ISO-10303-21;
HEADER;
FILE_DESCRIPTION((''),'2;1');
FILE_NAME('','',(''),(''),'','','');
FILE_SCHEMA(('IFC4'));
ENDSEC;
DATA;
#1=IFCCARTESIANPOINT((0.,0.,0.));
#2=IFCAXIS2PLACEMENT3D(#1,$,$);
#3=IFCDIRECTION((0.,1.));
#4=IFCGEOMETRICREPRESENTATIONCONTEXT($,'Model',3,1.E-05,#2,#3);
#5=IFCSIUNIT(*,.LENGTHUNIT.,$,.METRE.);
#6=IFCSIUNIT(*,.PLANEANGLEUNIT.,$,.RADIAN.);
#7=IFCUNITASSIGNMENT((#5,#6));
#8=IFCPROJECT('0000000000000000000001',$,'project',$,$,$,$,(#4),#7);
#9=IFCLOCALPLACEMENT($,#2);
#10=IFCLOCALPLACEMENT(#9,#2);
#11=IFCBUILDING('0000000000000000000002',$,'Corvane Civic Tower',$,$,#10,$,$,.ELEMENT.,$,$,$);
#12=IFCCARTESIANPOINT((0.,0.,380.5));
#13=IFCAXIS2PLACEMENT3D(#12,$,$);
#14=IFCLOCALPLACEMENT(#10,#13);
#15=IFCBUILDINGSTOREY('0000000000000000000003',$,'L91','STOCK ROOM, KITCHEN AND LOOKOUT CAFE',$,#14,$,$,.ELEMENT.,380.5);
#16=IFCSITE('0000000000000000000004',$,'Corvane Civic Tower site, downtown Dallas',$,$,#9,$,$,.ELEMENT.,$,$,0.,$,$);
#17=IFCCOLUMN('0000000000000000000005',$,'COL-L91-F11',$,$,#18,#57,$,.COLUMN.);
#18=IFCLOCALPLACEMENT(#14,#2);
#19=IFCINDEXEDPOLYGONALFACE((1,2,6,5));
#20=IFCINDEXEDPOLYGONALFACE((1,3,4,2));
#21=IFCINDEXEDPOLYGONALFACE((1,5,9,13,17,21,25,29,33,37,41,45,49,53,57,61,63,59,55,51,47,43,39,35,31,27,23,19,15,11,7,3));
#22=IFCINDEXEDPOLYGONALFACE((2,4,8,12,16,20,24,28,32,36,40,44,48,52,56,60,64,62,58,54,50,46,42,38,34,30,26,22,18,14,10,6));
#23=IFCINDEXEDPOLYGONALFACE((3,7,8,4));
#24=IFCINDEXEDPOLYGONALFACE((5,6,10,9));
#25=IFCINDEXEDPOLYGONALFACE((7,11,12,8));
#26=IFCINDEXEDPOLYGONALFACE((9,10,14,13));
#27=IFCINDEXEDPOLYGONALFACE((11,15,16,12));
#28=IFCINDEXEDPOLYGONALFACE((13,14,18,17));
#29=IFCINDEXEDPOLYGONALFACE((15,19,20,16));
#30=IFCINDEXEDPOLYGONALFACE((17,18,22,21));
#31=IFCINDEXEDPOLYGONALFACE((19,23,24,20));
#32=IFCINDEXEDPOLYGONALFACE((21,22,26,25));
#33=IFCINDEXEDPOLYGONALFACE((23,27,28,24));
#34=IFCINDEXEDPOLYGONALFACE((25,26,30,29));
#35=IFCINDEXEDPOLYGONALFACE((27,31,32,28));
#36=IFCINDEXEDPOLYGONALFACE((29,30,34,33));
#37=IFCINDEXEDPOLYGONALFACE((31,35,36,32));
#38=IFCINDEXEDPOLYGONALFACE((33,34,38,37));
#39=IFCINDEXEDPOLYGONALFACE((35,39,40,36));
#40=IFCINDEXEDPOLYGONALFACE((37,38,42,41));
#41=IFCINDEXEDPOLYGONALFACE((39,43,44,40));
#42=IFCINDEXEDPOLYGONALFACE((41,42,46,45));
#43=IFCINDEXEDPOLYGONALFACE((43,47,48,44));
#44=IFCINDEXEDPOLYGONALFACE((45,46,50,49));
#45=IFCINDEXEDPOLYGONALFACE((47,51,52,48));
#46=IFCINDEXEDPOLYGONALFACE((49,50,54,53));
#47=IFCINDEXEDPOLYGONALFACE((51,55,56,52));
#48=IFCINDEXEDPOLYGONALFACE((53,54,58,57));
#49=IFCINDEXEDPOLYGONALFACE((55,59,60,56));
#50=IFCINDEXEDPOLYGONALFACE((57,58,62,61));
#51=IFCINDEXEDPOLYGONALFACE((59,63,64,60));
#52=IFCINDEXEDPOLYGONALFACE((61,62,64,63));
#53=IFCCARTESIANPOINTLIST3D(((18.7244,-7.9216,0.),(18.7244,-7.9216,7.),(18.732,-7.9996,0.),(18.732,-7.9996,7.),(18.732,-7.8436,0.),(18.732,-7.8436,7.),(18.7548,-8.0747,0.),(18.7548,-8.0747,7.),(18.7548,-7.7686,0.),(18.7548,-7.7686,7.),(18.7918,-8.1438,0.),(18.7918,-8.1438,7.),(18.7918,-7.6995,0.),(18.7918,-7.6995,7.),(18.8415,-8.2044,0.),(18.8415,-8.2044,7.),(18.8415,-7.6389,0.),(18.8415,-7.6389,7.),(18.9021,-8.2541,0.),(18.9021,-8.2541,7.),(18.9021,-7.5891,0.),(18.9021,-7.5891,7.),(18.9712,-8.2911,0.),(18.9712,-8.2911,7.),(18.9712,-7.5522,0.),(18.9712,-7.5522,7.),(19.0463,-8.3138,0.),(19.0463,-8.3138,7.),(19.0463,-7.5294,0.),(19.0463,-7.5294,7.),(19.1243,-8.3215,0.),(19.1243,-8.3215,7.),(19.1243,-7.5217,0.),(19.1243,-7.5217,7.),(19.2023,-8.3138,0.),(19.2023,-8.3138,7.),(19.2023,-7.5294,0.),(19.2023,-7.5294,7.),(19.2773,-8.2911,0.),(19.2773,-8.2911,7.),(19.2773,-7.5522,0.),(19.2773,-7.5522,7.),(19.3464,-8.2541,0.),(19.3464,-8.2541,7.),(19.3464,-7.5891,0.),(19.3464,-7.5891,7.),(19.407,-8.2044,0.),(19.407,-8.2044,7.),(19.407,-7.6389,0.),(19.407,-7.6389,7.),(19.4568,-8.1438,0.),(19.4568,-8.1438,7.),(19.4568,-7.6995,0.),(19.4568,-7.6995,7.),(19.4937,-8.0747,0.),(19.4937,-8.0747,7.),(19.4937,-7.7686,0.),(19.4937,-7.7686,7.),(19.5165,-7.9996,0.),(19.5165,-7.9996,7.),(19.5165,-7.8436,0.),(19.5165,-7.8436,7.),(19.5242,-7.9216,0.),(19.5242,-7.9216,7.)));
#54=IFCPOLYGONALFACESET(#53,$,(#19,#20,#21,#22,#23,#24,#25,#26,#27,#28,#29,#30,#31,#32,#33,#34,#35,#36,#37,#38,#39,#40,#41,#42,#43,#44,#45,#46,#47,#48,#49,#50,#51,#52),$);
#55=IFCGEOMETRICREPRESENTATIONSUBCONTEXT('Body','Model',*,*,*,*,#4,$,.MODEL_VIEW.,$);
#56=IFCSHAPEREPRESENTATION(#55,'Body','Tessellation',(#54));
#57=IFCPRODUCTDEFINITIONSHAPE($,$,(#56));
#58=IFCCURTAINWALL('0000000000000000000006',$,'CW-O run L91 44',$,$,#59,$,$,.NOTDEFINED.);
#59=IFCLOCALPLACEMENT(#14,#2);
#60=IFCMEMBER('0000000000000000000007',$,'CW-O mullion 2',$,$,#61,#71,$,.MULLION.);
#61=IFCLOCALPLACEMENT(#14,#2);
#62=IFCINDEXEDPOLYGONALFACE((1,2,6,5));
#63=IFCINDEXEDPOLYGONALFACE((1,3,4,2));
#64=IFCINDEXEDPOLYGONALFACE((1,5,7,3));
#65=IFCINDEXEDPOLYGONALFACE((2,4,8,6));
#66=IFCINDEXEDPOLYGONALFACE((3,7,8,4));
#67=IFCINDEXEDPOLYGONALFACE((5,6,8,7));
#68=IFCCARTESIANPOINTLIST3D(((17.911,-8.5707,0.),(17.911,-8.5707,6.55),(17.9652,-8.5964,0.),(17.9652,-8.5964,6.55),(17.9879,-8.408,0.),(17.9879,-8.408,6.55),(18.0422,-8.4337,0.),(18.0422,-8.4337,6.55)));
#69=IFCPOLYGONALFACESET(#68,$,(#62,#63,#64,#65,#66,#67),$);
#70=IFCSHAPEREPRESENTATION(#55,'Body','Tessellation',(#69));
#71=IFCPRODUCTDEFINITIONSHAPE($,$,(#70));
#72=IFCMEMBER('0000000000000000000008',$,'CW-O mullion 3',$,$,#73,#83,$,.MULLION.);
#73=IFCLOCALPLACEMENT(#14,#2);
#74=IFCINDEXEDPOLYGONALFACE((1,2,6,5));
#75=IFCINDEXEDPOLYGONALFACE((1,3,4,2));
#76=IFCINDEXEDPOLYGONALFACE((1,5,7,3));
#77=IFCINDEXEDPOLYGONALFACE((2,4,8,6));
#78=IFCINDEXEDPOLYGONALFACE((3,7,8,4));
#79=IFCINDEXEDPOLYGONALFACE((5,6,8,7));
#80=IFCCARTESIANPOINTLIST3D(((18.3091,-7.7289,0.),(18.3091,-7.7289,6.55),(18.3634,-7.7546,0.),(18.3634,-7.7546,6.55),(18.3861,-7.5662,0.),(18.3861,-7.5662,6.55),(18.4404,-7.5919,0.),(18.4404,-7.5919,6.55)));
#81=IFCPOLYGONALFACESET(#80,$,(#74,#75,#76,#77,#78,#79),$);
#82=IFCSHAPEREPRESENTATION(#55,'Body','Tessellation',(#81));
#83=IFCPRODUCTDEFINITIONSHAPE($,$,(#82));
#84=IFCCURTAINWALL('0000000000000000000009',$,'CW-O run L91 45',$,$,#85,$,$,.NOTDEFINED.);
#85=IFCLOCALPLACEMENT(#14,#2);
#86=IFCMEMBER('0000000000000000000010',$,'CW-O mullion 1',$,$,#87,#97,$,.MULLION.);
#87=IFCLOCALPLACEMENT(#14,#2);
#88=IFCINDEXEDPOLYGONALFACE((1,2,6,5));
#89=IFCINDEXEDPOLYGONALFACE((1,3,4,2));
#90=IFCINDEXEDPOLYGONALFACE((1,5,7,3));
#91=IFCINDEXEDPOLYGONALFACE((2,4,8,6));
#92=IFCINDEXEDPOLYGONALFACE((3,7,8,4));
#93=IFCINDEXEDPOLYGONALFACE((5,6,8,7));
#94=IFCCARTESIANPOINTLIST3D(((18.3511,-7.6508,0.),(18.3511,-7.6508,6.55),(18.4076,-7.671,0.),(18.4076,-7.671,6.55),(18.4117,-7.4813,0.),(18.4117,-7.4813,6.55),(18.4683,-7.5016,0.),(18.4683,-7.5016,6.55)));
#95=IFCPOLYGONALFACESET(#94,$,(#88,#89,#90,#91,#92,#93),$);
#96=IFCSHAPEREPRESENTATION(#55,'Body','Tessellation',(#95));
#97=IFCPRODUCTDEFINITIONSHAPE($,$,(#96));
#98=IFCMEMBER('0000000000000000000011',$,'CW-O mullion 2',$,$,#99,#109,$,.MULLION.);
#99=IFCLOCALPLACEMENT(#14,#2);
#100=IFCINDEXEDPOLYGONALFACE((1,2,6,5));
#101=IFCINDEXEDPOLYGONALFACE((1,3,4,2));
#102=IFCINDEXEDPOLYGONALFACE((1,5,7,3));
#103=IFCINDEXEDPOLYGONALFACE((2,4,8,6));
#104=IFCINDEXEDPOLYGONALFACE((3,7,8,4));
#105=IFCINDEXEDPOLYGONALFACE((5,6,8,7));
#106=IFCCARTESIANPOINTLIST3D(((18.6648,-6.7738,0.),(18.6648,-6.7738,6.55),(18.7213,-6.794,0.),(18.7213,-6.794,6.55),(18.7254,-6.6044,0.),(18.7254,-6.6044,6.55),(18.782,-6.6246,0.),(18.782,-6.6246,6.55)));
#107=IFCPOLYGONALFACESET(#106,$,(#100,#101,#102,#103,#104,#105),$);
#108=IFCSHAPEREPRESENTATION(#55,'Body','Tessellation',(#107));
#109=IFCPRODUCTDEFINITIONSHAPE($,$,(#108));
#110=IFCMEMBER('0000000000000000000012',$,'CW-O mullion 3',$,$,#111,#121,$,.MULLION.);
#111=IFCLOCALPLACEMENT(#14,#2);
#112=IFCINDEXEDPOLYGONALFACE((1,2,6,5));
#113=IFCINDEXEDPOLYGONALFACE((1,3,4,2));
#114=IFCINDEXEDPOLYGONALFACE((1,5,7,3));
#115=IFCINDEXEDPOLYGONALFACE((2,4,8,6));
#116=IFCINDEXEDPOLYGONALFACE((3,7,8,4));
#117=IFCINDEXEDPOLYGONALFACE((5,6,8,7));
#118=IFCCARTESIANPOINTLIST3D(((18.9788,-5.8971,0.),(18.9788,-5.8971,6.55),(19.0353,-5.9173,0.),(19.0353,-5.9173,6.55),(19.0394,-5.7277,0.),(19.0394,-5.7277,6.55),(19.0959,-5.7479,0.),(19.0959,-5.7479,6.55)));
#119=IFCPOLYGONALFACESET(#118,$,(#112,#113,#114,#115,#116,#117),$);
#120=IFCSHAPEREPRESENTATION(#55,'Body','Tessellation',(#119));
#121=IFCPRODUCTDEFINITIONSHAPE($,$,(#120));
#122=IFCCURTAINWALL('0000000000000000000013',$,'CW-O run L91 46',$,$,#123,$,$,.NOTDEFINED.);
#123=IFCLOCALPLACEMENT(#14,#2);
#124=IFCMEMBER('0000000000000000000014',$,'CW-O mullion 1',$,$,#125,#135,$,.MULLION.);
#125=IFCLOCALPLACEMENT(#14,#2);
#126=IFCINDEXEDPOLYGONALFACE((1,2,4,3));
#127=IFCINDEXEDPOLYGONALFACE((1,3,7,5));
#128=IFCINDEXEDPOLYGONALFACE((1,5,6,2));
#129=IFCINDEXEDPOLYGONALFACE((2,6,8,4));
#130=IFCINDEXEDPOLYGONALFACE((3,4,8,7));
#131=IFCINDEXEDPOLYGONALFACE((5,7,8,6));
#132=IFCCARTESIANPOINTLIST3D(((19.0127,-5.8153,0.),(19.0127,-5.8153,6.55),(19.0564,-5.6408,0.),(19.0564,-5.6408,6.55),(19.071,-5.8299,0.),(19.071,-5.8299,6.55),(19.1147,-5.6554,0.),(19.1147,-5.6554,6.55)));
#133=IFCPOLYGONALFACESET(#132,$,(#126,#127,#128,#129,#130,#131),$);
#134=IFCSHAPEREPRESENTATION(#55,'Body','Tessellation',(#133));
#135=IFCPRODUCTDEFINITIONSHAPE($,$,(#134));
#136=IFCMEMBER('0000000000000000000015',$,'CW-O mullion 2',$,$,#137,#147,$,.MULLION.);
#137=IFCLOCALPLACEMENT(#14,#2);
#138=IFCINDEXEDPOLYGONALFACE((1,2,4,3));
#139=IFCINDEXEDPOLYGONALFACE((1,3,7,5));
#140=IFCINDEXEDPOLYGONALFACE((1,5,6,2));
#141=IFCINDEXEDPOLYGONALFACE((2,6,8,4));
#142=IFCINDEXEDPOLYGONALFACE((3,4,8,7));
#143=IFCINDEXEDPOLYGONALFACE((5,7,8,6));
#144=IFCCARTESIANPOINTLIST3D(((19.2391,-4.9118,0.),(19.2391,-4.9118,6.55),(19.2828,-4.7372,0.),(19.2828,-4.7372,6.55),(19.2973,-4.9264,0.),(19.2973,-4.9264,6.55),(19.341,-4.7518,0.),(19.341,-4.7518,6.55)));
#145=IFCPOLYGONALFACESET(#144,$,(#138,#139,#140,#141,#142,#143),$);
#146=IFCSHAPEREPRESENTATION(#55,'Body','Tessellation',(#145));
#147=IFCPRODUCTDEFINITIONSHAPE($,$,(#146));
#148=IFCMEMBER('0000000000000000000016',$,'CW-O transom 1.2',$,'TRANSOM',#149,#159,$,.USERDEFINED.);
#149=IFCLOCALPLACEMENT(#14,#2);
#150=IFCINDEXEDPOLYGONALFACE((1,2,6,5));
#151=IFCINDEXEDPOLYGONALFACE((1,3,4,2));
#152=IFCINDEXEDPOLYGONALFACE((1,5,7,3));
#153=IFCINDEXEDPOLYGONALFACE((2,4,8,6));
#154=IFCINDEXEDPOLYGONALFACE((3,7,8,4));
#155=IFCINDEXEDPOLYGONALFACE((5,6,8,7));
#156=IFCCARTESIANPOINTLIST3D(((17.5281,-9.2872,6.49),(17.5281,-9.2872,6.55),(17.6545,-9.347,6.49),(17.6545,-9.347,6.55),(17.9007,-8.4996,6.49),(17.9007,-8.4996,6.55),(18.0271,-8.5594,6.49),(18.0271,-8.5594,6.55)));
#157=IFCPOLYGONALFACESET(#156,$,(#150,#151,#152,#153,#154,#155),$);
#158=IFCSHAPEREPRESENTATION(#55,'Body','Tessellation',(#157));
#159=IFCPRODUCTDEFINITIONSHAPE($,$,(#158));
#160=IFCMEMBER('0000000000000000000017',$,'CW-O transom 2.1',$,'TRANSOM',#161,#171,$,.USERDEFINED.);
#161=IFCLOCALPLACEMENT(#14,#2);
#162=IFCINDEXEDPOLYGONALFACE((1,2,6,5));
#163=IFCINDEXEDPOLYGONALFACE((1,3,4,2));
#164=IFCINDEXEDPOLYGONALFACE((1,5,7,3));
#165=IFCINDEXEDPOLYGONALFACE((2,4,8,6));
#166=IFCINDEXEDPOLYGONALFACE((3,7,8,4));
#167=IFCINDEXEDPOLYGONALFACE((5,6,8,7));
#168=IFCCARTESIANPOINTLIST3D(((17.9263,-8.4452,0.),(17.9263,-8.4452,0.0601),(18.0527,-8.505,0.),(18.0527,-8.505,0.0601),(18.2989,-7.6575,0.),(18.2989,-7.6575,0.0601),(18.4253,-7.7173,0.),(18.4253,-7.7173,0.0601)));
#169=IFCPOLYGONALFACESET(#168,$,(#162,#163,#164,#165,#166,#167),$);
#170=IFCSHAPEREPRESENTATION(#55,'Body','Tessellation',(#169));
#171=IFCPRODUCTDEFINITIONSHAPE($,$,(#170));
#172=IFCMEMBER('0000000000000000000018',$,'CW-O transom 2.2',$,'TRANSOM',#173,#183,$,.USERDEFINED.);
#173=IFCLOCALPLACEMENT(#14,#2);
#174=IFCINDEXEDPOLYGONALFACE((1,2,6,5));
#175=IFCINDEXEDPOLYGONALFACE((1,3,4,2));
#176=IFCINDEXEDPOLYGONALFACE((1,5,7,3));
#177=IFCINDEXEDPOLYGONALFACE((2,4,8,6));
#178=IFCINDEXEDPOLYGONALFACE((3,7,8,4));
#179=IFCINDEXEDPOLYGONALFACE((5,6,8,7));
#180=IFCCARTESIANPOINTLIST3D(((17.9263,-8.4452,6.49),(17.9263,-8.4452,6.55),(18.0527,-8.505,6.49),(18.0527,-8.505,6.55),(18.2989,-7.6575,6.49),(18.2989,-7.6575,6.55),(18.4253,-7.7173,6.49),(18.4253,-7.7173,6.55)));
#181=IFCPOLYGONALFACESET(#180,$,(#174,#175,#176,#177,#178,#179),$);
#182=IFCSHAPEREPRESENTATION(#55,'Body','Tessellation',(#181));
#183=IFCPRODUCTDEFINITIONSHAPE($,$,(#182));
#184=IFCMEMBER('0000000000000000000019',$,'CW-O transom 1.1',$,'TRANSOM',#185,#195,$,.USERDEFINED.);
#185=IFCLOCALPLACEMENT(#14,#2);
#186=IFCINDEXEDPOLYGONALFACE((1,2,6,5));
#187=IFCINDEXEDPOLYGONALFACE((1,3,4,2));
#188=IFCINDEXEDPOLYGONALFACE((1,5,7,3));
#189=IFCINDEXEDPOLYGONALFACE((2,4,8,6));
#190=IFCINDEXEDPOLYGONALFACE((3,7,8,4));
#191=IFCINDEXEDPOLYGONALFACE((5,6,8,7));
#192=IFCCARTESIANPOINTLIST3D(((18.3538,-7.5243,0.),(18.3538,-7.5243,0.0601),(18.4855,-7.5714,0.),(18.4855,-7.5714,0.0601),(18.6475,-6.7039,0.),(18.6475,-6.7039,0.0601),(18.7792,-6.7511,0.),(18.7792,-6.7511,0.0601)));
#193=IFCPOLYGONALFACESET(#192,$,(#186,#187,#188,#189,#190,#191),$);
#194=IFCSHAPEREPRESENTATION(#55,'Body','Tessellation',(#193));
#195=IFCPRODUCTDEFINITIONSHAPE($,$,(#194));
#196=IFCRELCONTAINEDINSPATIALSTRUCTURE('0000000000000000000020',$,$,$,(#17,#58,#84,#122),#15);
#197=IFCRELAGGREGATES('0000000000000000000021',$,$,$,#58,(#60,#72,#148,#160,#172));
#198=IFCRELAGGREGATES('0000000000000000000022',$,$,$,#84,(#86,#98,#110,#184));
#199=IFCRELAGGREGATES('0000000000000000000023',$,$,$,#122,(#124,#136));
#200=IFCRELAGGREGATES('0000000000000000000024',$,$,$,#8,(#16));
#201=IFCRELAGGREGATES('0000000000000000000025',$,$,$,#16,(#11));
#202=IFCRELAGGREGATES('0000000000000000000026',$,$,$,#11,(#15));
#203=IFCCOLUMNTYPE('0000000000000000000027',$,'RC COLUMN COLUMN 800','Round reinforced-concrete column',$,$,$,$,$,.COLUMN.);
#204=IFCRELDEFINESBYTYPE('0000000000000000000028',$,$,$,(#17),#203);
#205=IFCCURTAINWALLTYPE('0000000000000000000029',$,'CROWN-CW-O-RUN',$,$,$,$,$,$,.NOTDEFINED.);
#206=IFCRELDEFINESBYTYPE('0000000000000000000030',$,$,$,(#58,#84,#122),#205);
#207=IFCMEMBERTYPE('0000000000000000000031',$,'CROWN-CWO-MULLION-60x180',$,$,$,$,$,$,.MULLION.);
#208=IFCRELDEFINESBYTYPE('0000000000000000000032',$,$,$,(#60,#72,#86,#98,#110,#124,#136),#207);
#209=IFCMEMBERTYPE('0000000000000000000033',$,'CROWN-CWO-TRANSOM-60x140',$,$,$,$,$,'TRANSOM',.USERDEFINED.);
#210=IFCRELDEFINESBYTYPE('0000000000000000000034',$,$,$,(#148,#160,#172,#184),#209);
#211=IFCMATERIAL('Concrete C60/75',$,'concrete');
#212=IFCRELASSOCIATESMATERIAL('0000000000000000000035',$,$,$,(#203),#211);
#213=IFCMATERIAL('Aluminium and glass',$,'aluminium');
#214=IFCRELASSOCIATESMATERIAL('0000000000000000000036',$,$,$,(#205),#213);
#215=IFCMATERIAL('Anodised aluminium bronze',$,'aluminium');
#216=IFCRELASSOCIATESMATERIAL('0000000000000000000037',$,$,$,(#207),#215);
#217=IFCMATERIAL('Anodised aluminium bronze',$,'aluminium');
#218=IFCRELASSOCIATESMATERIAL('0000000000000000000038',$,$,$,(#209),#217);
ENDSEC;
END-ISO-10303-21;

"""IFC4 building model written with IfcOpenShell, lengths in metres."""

from ifc_helpers import new_model, si_unit, direction, frame, origin, origin_2d, place, context, subcontext, project, spatial, rectangle, circle, extrude, material, material_profile, profile_set, type_object, element, aggregate, save


model = new_model("IFC4")

# Units and contexts
model_context = context("Model", 3, precision=1e-05, world=origin(), true_north=direction((0.0, 1.0)))
body_context = subcontext(model_context, "Body", "Model", "MODEL_VIEW")
ifc_project = project(units=[si_unit("LENGTHUNIT", "METRE"), si_unit("PLANEANGLEUNIT", "RADIAN")], contexts=[model_context])

# Site, building, storey
site_placement = place(None, origin())
site = spatial("IfcSite", under=ifc_project, at=site_placement, Name="Corvane Civic Tower site, downtown Dallas", CompositionType="ELEMENT", RefElevation=0.0)
building_placement = place(site_placement, origin())
building = spatial("IfcBuilding", under=site, at=building_placement, Name="Corvane Civic Tower", CompositionType="ELEMENT")
storey_placement = place(building_placement, frame((0.0, 0.0, 380.5)))
storey = spatial("IfcBuildingStorey", under=building, at=storey_placement, Name="L91", Description="STOCK ROOM, KITCHEN AND LOOKOUT CAFE", CompositionType="ELEMENT", Elevation=380.5)

# Column
ifc_material_1 = material(Name="Concrete C60/75", Category="concrete")
ifc_material_profile_1 = material_profile(ifc_material_1, circle(Radius=0.3999, at=origin_2d()), Name="COLUMN 800")
ifc_profile_set_1 = profile_set([ifc_material_profile_1], Name="Concrete C60/75")
column_type = type_object("IfcColumnType", Name="RC COLUMN COLUMN 800", Description="Round reinforced-concrete column", PredefinedType="COLUMN", material=ifc_profile_set_1)
column_placement = place(storey_placement, frame((19.1243, -7.9216, 0.0), z_axis=(0.0, 0.0, 1.0), x_axis=(1.0, 0.0, 0.0)))
element("IfcColumn", 1, at=column_placement, inside=storey, type_object=column_type, Name="COL-L91-F11", PredefinedType="COLUMN", context=body_context, shape_type="SweptSolid", body=[
    extrude(circle(Radius=0.3999, at=origin_2d()), origin(), (0.0, 0.0, 1.0), 7.0),
])

# Curtain walls, members
ifc_material_2 = material(Name="Aluminium and glass", Category="aluminium")
curtain_wall_type = type_object("IfcCurtainWallType", Name="CROWN-CW-O-RUN", PredefinedType="NOTDEFINED", material=ifc_material_2)
curtain_wall_1_placement = place(storey_placement, origin())
curtain_wall_1 = element("IfcCurtainWall", 2, at=curtain_wall_1_placement, inside=storey, type_object=curtain_wall_type, Name="CW-O run L91 44", PredefinedType="NOTDEFINED")
ifc_material_3 = material(Name="Anodised aluminium bronze", Category="aluminium")
ifc_material_profile_2 = material_profile(ifc_material_3, rectangle(XDim=0.0601, YDim=0.1799, at=origin_2d()), Name="AL 60x180")
ifc_profile_set_2 = profile_set([ifc_material_profile_2], Name="Anodised aluminium bronze")
member_type_1 = type_object("IfcMemberType", Name="CROWN-CWO-MULLION-60x180", PredefinedType="MULLION", material=ifc_profile_set_2)
member_1_placement = place(storey_placement, frame((17.9766, -8.5022, 0.0), z_axis=(0.0, 0.0, 1.0), x_axis=(-0.904011, 0.427509, 0.0)))
member_1 = element("IfcMember", 3, at=member_1_placement, type_object=member_type_1, Name="CW-O mullion 2", PredefinedType="MULLION", context=body_context, shape_type="SweptSolid", body=[
    extrude(rectangle(XDim=0.0601, YDim=0.1799, at=origin_2d()), origin(), (0.0, 0.0, 1.0), 6.55),
])
member_2_placement = place(storey_placement, frame((18.3748, -7.6604, 0.0), z_axis=(0.0, 0.0, 1.0), x_axis=(-0.904011, 0.427509, 0.0)))
member_2 = element("IfcMember", 4, at=member_2_placement, type_object=member_type_1, Name="CW-O mullion 3", PredefinedType="MULLION", context=body_context, shape_type="SweptSolid", body=[
    extrude(rectangle(XDim=0.0601, YDim=0.1799, at=origin_2d()), origin(), (0.0, 0.0, 1.0), 6.55),
])
curtain_wall_2_placement = place(storey_placement, origin())
curtain_wall_2 = element("IfcCurtainWall", 5, at=curtain_wall_2_placement, inside=storey, type_object=curtain_wall_type, Name="CW-O run L91 45", PredefinedType="NOTDEFINED")
member_3_placement = place(storey_placement, frame((18.4097, -7.5762, 0.0), z_axis=(0.0, 0.0, 1.0), x_axis=(-0.941511, 0.336982, 0.0)))
member_3 = element("IfcMember", 6, at=member_3_placement, type_object=member_type_1, Name="CW-O mullion 1", PredefinedType="MULLION", context=body_context, shape_type="SweptSolid", body=[
    extrude(rectangle(XDim=0.0601, YDim=0.1799, at=origin_2d()), origin(), (0.0, 0.0, 1.0), 6.55),
])
member_4_placement = place(storey_placement, frame((18.7234, -6.6992, 0.0), z_axis=(0.0, 0.0, 1.0), x_axis=(-0.941511, 0.336982, 0.0)))
member_4 = element("IfcMember", 7, at=member_4_placement, type_object=member_type_1, Name="CW-O mullion 2", PredefinedType="MULLION", context=body_context, shape_type="SweptSolid", body=[
    extrude(rectangle(XDim=0.0601, YDim=0.1799, at=origin_2d()), origin(), (0.0, 0.0, 1.0), 6.55),
])
member_5_placement = place(storey_placement, frame((19.0374, -5.8225, 0.0), z_axis=(0.0, 0.0, 1.0), x_axis=(-0.941511, 0.336982, 0.0)))
member_5 = element("IfcMember", 8, at=member_5_placement, type_object=member_type_1, Name="CW-O mullion 3", PredefinedType="MULLION", context=body_context, shape_type="SweptSolid", body=[
    extrude(rectangle(XDim=0.0601, YDim=0.1799, at=origin_2d()), origin(), (0.0, 0.0, 1.0), 6.55),
])
curtain_wall_3_placement = place(storey_placement, origin())
curtain_wall_3 = element("IfcCurtainWall", 9, at=curtain_wall_3_placement, inside=storey, type_object=curtain_wall_type, Name="CW-O run L91 46", PredefinedType="NOTDEFINED")
member_6_placement = place(storey_placement, frame((19.0637, -5.7354, 0.0), z_axis=(0.0, 0.0, 1.0), x_axis=(-0.970038, 0.242952, 0.0)))
member_6 = element("IfcMember", 10, at=member_6_placement, type_object=member_type_1, Name="CW-O mullion 1", PredefinedType="MULLION", context=body_context, shape_type="SweptSolid", body=[
    extrude(rectangle(XDim=0.0601, YDim=0.1799, at=origin_2d()), origin(), (0.0, 0.0, 1.0), 6.55),
])
member_7_placement = place(storey_placement, frame((19.29, -4.8318, 0.0), z_axis=(0.0, 0.0, 1.0), x_axis=(-0.970038, 0.242952, 0.0)))
member_7 = element("IfcMember", 11, at=member_7_placement, type_object=member_type_1, Name="CW-O mullion 2", PredefinedType="MULLION", context=body_context, shape_type="SweptSolid", body=[
    extrude(rectangle(XDim=0.0601, YDim=0.1799, at=origin_2d()), origin(), (0.0, 0.0, 1.0), 6.55),
])

# Members
ifc_material_4 = material(Name="Anodised aluminium bronze", Category="aluminium")
ifc_material_profile_3 = material_profile(ifc_material_4, rectangle(XDim=0.1399, YDim=0.0601, at=origin_2d()), Name="AL 140x60")
ifc_profile_set_3 = profile_set([ifc_material_profile_3], Name="Anodised aluminium bronze")
member_type_2 = type_object("IfcMemberType", Name="CROWN-CWO-TRANSOM-60x140", ElementType="TRANSOM", PredefinedType="USERDEFINED", material=ifc_profile_set_3)
member_8_placement = place(storey_placement, frame((17.5913, -9.3171, 6.52), z_axis=(0.427604, 0.903966, 0.0), x_axis=(-0.903966, 0.427604, 0.0)))
member_8 = element("IfcMember", 12, at=member_8_placement, type_object=member_type_2, Name="CW-O transom 1.2", ObjectType="TRANSOM", PredefinedType="USERDEFINED", context=body_context, shape_type="SweptSolid", body=[
    extrude(rectangle(XDim=0.1399, YDim=0.0601, at=origin_2d()), origin(), (0.0, 0.0, 1.0), 0.8713),
])
member_9_placement = place(storey_placement, frame((17.9895, -8.4751, 0.03), z_axis=(0.427604, 0.903966, 0.0), x_axis=(-0.903966, 0.427604, 0.0)))
member_9 = element("IfcMember", 13, at=member_9_placement, type_object=member_type_2, Name="CW-O transom 2.1", ObjectType="TRANSOM", PredefinedType="USERDEFINED", context=body_context, shape_type="SweptSolid", body=[
    extrude(rectangle(XDim=0.1399, YDim=0.0601, at=origin_2d()), origin(), (0.0, 0.0, 1.0), 0.8713),
])
member_10_placement = place(storey_placement, frame((17.9895, -8.4751, 6.52), z_axis=(0.427604, 0.903966, 0.0), x_axis=(-0.903966, 0.427604, 0.0)))
member_10 = element("IfcMember", 14, at=member_10_placement, type_object=member_type_2, Name="CW-O transom 2.2", ObjectType="TRANSOM", PredefinedType="USERDEFINED", context=body_context, shape_type="SweptSolid", body=[
    extrude(rectangle(XDim=0.1399, YDim=0.0601, at=origin_2d()), origin(), (0.0, 0.0, 1.0), 0.8713),
])
member_11_placement = place(storey_placement, frame((18.4197, -7.5479, 0.03), z_axis=(0.337082, 0.941475, 0.0), x_axis=(-0.941475, 0.337082, 0.0)))
member_11 = element("IfcMember", 15, at=member_11_placement, type_object=member_type_2, Name="CW-O transom 1.1", ObjectType="TRANSOM", PredefinedType="USERDEFINED", context=body_context, shape_type="SweptSolid", body=[
    extrude(rectangle(XDim=0.1399, YDim=0.0601, at=origin_2d()), origin(), (0.0, 0.0, 1.0), 0.8713),
])

aggregate(curtain_wall_1, [member_1, member_2, member_8, member_9, member_10])
aggregate(curtain_wall_2, [member_3, member_4, member_5, member_11])
aggregate(curtain_wall_3, [member_6, member_7])

save(model, "model.ifc")
